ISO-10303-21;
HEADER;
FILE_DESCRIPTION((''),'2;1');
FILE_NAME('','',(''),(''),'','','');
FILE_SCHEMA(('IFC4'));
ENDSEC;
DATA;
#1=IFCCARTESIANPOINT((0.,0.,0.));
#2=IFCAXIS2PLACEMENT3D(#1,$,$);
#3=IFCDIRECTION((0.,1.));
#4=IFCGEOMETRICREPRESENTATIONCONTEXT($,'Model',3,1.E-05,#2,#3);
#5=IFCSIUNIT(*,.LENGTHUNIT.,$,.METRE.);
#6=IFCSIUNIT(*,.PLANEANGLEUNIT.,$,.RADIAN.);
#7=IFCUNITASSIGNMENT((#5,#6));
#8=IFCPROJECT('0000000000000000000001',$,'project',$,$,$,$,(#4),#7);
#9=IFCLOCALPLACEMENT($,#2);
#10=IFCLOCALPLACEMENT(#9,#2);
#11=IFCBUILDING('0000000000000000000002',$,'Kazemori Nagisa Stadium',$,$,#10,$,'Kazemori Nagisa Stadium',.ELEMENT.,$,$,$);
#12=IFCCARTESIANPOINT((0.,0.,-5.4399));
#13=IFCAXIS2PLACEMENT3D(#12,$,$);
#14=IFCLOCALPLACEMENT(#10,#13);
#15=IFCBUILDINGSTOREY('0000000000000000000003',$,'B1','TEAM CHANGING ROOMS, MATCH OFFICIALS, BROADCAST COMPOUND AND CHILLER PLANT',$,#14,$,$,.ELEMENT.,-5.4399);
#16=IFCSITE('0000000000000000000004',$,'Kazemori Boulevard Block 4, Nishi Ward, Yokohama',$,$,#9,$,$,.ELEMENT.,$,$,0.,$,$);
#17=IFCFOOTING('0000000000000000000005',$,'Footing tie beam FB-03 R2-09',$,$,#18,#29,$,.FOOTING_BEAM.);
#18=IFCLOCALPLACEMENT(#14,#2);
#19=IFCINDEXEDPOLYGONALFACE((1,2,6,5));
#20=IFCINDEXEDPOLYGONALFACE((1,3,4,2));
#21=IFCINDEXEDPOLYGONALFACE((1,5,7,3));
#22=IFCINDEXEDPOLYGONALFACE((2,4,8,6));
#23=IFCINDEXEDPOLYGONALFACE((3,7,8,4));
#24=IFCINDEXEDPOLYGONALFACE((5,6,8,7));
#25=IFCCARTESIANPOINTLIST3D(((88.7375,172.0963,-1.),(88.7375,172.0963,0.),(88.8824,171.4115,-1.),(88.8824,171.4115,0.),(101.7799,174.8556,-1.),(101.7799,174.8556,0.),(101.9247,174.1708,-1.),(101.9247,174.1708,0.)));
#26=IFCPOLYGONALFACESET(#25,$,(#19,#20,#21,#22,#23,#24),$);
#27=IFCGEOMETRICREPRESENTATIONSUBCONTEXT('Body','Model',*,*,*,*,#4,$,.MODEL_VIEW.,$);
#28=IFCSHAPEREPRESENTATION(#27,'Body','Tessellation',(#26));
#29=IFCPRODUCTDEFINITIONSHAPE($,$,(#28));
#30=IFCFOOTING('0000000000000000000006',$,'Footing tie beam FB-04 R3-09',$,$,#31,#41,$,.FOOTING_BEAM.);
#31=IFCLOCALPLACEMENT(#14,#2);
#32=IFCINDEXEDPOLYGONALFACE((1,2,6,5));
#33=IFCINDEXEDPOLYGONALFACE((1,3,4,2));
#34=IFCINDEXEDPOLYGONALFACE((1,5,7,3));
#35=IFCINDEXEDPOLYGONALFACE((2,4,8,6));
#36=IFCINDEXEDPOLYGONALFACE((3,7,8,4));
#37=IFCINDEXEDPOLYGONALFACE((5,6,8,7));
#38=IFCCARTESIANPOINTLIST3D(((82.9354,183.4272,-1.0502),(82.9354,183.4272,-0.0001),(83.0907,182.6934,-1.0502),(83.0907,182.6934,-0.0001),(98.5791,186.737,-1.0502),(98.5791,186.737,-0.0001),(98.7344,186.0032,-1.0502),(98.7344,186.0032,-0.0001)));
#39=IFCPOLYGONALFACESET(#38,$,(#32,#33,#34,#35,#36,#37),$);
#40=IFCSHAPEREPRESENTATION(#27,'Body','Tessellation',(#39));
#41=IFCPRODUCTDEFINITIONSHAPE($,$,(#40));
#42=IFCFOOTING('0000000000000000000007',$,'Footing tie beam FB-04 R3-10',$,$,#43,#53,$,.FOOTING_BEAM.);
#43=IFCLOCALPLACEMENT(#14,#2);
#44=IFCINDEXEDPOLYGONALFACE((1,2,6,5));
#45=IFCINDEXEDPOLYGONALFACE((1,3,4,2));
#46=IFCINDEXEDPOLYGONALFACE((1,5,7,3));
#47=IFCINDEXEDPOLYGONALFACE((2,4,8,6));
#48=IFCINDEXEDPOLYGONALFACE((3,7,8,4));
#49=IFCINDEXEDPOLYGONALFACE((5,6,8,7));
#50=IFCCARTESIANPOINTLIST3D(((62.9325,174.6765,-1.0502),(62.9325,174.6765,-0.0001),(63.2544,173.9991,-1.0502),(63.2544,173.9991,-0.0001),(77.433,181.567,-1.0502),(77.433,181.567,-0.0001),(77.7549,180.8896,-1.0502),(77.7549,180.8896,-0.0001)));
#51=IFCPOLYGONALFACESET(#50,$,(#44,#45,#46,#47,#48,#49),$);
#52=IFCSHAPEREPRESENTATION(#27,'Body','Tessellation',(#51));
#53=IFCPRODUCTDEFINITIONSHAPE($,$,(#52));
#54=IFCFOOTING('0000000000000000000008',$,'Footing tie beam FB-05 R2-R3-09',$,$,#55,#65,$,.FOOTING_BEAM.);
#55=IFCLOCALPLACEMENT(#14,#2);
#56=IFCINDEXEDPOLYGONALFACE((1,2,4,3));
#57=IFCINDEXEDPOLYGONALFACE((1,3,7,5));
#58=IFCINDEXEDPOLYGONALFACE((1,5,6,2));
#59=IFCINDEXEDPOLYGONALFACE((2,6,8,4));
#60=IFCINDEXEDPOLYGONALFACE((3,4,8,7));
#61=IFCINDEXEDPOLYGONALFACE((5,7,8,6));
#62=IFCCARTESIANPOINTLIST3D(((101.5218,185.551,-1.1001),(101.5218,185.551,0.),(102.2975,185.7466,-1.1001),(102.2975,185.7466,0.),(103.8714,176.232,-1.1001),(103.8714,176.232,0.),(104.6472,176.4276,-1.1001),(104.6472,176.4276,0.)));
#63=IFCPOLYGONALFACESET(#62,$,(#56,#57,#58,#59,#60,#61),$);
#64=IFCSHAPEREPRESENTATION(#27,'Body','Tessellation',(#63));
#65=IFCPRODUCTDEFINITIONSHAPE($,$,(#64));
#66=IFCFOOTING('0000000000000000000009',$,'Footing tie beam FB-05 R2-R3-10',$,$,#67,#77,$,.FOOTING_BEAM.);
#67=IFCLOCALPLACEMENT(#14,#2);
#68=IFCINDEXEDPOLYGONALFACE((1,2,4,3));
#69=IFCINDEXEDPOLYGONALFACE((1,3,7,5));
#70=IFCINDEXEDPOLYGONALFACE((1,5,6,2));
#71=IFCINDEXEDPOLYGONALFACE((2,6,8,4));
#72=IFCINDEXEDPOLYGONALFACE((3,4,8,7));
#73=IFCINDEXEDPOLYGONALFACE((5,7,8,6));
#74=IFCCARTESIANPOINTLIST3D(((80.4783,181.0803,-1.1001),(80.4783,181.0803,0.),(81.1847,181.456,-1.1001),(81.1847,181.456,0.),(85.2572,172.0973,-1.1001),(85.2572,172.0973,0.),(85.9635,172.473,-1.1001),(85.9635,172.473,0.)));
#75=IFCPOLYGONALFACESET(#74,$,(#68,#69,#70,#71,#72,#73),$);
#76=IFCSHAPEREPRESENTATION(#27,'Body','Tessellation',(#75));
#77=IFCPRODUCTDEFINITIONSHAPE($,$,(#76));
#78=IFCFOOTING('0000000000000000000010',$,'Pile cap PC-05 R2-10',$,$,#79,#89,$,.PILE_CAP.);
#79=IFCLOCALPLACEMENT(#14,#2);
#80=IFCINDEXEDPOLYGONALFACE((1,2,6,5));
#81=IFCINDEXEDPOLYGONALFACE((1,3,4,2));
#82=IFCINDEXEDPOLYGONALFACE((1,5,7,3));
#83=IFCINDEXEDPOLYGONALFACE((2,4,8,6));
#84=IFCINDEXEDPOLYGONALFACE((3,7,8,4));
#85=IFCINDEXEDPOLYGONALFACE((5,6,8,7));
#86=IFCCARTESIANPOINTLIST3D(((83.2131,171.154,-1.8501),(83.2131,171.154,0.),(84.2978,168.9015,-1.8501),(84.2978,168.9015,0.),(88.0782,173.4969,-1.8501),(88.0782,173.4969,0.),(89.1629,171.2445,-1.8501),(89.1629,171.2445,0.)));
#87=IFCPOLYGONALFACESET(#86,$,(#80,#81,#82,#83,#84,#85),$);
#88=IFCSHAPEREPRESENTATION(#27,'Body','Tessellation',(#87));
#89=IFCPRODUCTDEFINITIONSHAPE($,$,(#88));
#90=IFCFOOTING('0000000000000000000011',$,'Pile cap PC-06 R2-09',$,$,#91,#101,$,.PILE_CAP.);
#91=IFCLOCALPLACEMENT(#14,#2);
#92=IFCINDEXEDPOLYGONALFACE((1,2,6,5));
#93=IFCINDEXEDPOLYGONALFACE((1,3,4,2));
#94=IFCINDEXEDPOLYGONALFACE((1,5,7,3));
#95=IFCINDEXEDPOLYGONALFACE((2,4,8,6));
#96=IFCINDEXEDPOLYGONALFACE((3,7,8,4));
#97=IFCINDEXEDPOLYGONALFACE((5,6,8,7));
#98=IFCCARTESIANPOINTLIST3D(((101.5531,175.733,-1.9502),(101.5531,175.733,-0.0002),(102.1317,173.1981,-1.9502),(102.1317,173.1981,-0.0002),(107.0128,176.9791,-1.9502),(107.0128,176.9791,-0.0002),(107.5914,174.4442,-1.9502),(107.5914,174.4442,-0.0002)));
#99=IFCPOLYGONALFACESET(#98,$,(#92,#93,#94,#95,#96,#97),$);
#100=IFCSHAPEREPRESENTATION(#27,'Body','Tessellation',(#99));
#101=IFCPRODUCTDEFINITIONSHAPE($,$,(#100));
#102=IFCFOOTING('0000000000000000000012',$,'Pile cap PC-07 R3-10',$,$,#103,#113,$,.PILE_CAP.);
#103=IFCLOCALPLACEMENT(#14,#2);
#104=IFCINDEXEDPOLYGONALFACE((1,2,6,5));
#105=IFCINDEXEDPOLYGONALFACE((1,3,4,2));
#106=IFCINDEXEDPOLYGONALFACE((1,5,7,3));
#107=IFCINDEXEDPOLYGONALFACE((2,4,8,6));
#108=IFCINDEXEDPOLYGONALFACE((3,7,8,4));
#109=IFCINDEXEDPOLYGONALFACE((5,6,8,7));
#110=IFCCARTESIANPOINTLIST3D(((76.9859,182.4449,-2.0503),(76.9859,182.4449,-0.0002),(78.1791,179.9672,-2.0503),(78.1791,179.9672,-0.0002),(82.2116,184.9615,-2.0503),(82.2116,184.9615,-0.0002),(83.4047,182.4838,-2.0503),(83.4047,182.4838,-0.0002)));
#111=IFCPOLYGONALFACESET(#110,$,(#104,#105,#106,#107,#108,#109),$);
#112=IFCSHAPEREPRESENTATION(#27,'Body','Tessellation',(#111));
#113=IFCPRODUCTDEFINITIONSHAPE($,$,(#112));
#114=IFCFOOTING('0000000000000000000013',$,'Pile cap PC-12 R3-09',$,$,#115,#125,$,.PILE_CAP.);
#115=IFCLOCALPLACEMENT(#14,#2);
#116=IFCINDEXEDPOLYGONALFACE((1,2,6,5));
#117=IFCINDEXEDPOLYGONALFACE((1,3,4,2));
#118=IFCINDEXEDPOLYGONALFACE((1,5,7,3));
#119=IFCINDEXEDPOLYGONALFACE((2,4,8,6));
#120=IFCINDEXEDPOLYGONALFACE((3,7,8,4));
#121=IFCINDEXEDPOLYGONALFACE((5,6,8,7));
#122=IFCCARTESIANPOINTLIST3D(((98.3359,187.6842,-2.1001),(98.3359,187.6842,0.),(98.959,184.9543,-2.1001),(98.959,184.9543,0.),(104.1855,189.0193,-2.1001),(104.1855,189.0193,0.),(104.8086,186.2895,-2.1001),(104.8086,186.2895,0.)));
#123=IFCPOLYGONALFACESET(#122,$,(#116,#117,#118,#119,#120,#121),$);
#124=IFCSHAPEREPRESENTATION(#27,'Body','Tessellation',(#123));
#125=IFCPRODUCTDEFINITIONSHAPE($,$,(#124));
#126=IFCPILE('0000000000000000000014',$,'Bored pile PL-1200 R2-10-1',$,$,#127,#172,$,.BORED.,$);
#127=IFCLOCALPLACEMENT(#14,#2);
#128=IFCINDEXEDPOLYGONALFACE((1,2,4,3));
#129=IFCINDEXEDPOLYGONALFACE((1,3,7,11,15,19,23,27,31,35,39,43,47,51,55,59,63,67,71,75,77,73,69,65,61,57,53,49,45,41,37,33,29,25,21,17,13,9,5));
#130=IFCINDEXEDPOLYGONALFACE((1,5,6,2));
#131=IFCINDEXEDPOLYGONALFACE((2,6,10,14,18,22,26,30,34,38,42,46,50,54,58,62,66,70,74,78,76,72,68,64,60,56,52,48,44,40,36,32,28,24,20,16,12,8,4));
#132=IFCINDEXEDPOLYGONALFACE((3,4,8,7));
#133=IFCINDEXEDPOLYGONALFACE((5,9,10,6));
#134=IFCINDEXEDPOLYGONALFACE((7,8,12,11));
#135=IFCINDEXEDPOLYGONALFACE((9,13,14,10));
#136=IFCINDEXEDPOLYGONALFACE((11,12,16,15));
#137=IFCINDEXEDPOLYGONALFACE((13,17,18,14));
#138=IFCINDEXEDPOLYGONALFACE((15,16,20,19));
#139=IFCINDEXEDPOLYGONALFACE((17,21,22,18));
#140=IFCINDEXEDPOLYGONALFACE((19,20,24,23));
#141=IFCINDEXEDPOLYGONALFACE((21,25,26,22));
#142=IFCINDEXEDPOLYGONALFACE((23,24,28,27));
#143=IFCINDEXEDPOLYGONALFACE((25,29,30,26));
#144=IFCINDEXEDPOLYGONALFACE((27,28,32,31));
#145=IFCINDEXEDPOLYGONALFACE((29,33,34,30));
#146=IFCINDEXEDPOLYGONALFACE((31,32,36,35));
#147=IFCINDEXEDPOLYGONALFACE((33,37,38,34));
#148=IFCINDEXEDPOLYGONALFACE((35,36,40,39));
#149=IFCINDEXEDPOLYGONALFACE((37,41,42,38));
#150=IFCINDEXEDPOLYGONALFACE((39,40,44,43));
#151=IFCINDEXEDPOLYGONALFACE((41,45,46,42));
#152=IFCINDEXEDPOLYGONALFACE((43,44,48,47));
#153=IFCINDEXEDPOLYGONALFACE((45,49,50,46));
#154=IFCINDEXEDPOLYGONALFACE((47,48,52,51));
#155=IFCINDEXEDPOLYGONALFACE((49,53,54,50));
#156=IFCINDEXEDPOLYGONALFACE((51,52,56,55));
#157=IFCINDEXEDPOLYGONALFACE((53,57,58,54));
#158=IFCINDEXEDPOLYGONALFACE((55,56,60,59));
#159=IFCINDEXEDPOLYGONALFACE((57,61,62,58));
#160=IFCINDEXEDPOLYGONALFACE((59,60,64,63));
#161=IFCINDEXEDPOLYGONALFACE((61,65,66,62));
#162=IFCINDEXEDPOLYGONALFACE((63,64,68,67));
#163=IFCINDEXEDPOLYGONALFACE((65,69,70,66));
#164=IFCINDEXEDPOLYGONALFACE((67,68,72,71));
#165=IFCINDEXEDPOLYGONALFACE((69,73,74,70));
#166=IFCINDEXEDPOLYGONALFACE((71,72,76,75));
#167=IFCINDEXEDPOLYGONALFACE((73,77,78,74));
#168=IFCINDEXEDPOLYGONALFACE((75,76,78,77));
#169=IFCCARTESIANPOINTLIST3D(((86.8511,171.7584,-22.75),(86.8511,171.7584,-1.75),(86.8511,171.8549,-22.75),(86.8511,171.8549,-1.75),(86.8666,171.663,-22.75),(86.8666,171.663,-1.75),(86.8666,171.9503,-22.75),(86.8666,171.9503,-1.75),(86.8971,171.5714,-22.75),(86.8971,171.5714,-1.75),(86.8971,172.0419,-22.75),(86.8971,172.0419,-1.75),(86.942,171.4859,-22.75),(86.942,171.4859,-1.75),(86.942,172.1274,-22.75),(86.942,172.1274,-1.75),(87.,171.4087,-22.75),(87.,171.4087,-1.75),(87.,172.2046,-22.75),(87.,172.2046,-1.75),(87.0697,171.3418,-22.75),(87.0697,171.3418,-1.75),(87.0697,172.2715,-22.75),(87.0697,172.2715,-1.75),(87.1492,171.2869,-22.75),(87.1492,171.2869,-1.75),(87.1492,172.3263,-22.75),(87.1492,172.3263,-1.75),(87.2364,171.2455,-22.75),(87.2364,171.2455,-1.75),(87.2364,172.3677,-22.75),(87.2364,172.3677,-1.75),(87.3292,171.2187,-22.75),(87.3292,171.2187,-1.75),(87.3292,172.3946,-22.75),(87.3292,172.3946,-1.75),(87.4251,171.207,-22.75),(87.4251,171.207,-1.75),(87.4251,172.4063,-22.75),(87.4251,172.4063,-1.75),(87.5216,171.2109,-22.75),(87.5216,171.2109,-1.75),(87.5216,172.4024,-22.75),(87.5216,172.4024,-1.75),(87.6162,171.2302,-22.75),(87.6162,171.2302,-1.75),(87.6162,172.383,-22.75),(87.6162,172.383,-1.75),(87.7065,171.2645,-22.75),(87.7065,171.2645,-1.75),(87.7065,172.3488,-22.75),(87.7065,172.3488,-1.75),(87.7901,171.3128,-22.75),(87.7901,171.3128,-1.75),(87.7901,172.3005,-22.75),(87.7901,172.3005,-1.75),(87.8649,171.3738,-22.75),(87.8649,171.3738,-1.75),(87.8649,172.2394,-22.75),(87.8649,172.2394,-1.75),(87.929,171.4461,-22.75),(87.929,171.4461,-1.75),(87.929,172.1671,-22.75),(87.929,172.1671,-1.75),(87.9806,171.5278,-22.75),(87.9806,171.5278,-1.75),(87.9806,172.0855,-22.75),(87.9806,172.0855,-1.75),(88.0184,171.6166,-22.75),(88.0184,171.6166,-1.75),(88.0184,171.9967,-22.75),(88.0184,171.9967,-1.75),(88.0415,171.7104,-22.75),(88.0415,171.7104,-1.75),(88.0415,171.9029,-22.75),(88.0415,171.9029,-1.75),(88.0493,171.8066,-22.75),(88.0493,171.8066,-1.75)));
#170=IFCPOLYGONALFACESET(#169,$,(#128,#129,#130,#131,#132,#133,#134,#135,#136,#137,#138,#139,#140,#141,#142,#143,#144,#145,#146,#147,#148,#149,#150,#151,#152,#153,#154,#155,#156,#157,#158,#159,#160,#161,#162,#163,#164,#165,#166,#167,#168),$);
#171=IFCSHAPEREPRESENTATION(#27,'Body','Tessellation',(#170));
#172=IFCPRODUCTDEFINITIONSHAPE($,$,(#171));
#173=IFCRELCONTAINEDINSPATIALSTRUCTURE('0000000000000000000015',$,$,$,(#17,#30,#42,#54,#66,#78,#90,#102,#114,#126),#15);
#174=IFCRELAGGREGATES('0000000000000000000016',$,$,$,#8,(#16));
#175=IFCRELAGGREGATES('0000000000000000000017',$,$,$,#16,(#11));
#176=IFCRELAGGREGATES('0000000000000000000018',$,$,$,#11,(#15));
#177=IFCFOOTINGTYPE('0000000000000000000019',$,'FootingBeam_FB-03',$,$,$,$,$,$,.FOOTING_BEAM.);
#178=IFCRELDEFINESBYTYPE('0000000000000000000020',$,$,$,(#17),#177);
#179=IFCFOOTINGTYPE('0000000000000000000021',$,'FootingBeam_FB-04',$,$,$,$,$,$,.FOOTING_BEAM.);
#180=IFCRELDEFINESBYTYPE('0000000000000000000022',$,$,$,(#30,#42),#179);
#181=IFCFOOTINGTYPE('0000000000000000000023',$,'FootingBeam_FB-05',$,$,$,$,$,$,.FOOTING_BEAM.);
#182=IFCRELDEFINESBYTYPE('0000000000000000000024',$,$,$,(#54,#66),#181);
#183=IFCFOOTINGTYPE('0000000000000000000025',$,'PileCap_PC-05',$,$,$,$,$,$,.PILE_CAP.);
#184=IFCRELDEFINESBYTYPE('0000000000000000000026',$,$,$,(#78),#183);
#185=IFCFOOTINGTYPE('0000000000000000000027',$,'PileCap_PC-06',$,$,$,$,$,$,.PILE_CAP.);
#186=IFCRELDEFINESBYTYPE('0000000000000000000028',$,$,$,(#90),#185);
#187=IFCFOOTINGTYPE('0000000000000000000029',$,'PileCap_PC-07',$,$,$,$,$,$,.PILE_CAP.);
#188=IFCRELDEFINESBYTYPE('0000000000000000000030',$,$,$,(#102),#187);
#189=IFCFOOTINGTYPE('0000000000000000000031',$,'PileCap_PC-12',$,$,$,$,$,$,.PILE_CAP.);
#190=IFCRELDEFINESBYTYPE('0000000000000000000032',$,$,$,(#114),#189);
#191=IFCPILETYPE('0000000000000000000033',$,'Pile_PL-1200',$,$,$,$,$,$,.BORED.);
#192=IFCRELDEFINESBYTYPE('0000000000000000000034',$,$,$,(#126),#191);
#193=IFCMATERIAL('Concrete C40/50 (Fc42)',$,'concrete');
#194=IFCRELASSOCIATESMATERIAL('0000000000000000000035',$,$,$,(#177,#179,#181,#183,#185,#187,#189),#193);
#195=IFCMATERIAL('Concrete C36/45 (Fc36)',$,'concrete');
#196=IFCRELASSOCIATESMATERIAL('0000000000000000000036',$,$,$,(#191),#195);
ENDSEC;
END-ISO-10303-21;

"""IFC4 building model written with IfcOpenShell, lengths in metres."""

from ifc_helpers import new_model, si_unit, direction, frame, origin, origin_2d, place, context, subcontext, project, spatial, rectangle, circle, extrude, material, material_profile, profile_set, type_object, element, save


model = new_model("IFC4")

# Units and contexts
model_context = context("Model", 3, precision=1e-05, world=origin(), true_north=direction((0.0, 1.0)))
body_context = subcontext(model_context, "Body", "Model", "MODEL_VIEW")
ifc_project = project(units=[si_unit("LENGTHUNIT", "METRE"), si_unit("PLANEANGLEUNIT", "RADIAN")], contexts=[model_context])

# Site, building, storey
site_placement = place(None, origin())
site = spatial("IfcSite", under=ifc_project, at=site_placement, Name="Kazemori Boulevard Block 4, Nishi Ward, Yokohama", CompositionType="ELEMENT", RefElevation=0.0)
building_placement = place(site_placement, origin())
building = spatial("IfcBuilding", under=site, at=building_placement, Name="Kazemori Nagisa Stadium", LongName="Kazemori Nagisa Stadium", CompositionType="ELEMENT")
storey_placement = place(building_placement, frame((0.0, 0.0, -5.4399)))
storey = spatial("IfcBuildingStorey", under=building, at=storey_placement, Name="B1", Description="TEAM CHANGING ROOMS, MATCH OFFICIALS, BROADCAST COMPOUND AND CHILLER PLANT", CompositionType="ELEMENT", Elevation=-5.4399)

# Footings
ifc_material_1 = material(Name="Concrete C40/50 (Fc42)", Category="concrete")
ifc_material_profile_1 = material_profile(ifc_material_1, rectangle(XDim=0.7, YDim=1.0, at=origin_2d()), Name="RC-FB-700x1000")
ifc_profile_set_1 = profile_set([ifc_material_profile_1], Name="Concrete C40/50 (Fc42)")
footing_type_1 = type_object("IfcFootingType", Name="FootingBeam_FB-03", PredefinedType="FOOTING_BEAM", material=ifc_profile_set_1)
footing_1_placement = place(storey_placement, frame((101.8523, 174.5132, -0.5), z_axis=(-0.978345, -0.206979, 0.0), x_axis=(0.206979, -0.978345, 0.0)))
element("IfcFooting", 1, at=footing_1_placement, inside=storey, type_object=footing_type_1, Name="Footing tie beam FB-03 R2-09", PredefinedType="FOOTING_BEAM", context=body_context, shape_type="SweptSolid", body=[
    extrude(rectangle(XDim=0.7, YDim=1.0, at=origin_2d()), origin(), (0.0, 0.0, 1.0), 13.3311),
])
ifc_material_profile_2 = material_profile(ifc_material_1, rectangle(XDim=0.75, YDim=1.05, at=origin_2d()), Name="RC-FB-750x1050")
ifc_profile_set_2 = profile_set([ifc_material_profile_2], Name="Concrete C40/50 (Fc42)")
footing_type_2 = type_object("IfcFootingType", Name="FootingBeam_FB-04", PredefinedType="FOOTING_BEAM", material=ifc_profile_set_2)
footing_2_placement = place(storey_placement, frame((98.6567, 186.3701, -0.5251), z_axis=(-0.978343, -0.206991, 0.0), x_axis=(0.206991, -0.978343, 0.0)))
element("IfcFooting", 2, at=footing_2_placement, inside=storey, type_object=footing_type_2, Name="Footing tie beam FB-04 R3-09", PredefinedType="FOOTING_BEAM", context=body_context, shape_type="SweptSolid", body=[
    extrude(rectangle(XDim=0.75, YDim=1.05, at=origin_2d()), origin(), (0.0, 0.0, 1.0), 15.99),
])
footing_3_placement = place(storey_placement, frame((77.594, 181.2283, -0.5251), z_axis=(-0.903214, -0.429191, 0.0), x_axis=(0.429191, -0.903214, 0.0)))
element("IfcFooting", 3, at=footing_3_placement, inside=storey, type_object=footing_type_2, Name="Footing tie beam FB-04 R3-10", PredefinedType="FOOTING_BEAM", context=body_context, shape_type="SweptSolid", body=[
    extrude(rectangle(XDim=0.75, YDim=1.05, at=origin_2d()), origin(), (0.0, 0.0, 1.0), 16.0544),
])
ifc_material_profile_3 = material_profile(ifc_material_1, rectangle(XDim=0.8, YDim=1.1001, at=origin_2d()), Name="RC-FB-800x1100")
ifc_profile_set_3 = profile_set([ifc_material_profile_3], Name="Concrete C40/50 (Fc42)")
footing_type_3 = type_object("IfcFootingType", Name="FootingBeam_FB-05", PredefinedType="FOOTING_BEAM", material=ifc_profile_set_3)
footing_4_placement = place(storey_placement, frame((104.2593, 176.3298, -0.55), z_axis=(-0.244484, 0.969653, 0.0), x_axis=(-0.969653, -0.244484, 0.0)))
element("IfcFooting", 4, at=footing_4_placement, inside=storey, type_object=footing_type_3, Name="Footing tie beam FB-05 R2-R3-09", PredefinedType="FOOTING_BEAM", context=body_context, shape_type="SweptSolid", body=[
    extrude(rectangle(XDim=0.8, YDim=1.1001, at=origin_2d()), origin(), (0.0, 0.0, 1.0), 9.6106),
])
footing_5_placement = place(storey_placement, frame((85.6104, 172.2852, -0.55), z_axis=(-0.469664, 0.882845, 0.0), x_axis=(-0.882845, -0.469664, 0.0)))
element("IfcFooting", 5, at=footing_5_placement, inside=storey, type_object=footing_type_3, Name="Footing tie beam FB-05 R2-R3-10", PredefinedType="FOOTING_BEAM", context=body_context, shape_type="SweptSolid", body=[
    extrude(rectangle(XDim=0.8, YDim=1.1001, at=origin_2d()), origin(), (0.0, 0.0, 1.0), 10.175),
])
footing_type_4 = type_object("IfcFootingType", Name="PileCap_PC-05", PredefinedType="PILE_CAP", material=ifc_material_1)
footing_6_placement = place(storey_placement, frame((86.188, 171.1992, -1.8501), z_axis=(0.0, 0.0, 1.0), x_axis=(-0.900969, -0.433884, 0.0)))
element("IfcFooting", 6, at=footing_6_placement, inside=storey, type_object=footing_type_4, Name="Pile cap PC-05 R2-10", PredefinedType="PILE_CAP", context=body_context, shape_type="SweptSolid", body=[
    extrude(rectangle(XDim=5.3999, YDim=2.5, at=origin_2d()), origin(), (0.0, 0.0, 1.0), 1.8501),
])
footing_type_5 = type_object("IfcFootingType", Name="PileCap_PC-06", PredefinedType="PILE_CAP", material=ifc_material_1)
footing_7_placement = place(storey_placement, frame((104.5723, 175.0886, -1.9502), z_axis=(0.0, 0.0, 1.0), x_axis=(-0.974928, -0.222521, 0.0)))
element("IfcFooting", 7, at=footing_7_placement, inside=storey, type_object=footing_type_5, Name="Pile cap PC-06 R2-09", PredefinedType="PILE_CAP", context=body_context, shape_type="SweptSolid", body=[
    extrude(rectangle(XDim=5.6001, YDim=2.6001, at=origin_2d()), origin(), (0.0, 0.0, 1.0), 1.95),
])
footing_type_6 = type_object("IfcFootingType", Name="PileCap_PC-07", PredefinedType="PILE_CAP", material=ifc_material_1)
footing_8_placement = place(storey_placement, frame((80.1953, 182.4644, -2.0503), z_axis=(0.0, 0.0, 1.0), x_axis=(-0.900969, -0.433884, 0.0)))
element("IfcFooting", 8, at=footing_8_placement, inside=storey, type_object=footing_type_6, Name="Pile cap PC-07 R3-10", PredefinedType="PILE_CAP", context=body_context, shape_type="SweptSolid", body=[
    extrude(rectangle(XDim=5.8, YDim=2.75, at=origin_2d()), origin(), (0.0, 0.0, 1.0), 2.05),
])
footing_type_7 = type_object("IfcFootingType", Name="PileCap_PC-12", PredefinedType="PILE_CAP", material=ifc_material_1)
footing_9_placement = place(storey_placement, frame((101.5723, 186.9868, -2.1001), z_axis=(0.0, 0.0, 1.0), x_axis=(-0.974928, -0.222521, 0.0)))
element("IfcFooting", 9, at=footing_9_placement, inside=storey, type_object=footing_type_7, Name="Pile cap PC-12 R3-09", PredefinedType="PILE_CAP", context=body_context, shape_type="SweptSolid", body=[
    extrude(rectangle(XDim=6.0, YDim=2.8, at=origin_2d()), origin(), (0.0, 0.0, 1.0), 2.1001),
])

# Pile
ifc_material_2 = material(Name="Concrete C36/45 (Fc36)", Category="concrete")
ifc_material_profile_4 = material_profile(ifc_material_2, circle(Radius=0.6001, at=origin_2d()), Name="PILE-D1200")
ifc_profile_set_4 = profile_set([ifc_material_profile_4], Name="Concrete C36/45 (Fc36)")
pile_type_1 = type_object("IfcPileType", Name="Pile_PL-1200", PredefinedType="BORED", material=ifc_profile_set_4)
for number, where, z_axis, x_axis, name in (
    (10, (87.4492, 171.8066, -1.75), (0.0, 0.0, -1.0), (1.0, 0.0, 0.0), "Bored pile PL-1200 R2-10-1"),
):
    element("IfcPile", number, at=place(storey_placement, frame(where, z_axis=z_axis, x_axis=x_axis)), inside=storey, type_object=pile_type_1, Name=name, PredefinedType="BORED", context=body_context, shape_type="SweptSolid", body=[
        extrude(circle(Radius=0.6001, at=origin_2d()), origin(), (0.0, 0.0, 1.0), 21.0),
    ])

save(model, "model.ifc")
